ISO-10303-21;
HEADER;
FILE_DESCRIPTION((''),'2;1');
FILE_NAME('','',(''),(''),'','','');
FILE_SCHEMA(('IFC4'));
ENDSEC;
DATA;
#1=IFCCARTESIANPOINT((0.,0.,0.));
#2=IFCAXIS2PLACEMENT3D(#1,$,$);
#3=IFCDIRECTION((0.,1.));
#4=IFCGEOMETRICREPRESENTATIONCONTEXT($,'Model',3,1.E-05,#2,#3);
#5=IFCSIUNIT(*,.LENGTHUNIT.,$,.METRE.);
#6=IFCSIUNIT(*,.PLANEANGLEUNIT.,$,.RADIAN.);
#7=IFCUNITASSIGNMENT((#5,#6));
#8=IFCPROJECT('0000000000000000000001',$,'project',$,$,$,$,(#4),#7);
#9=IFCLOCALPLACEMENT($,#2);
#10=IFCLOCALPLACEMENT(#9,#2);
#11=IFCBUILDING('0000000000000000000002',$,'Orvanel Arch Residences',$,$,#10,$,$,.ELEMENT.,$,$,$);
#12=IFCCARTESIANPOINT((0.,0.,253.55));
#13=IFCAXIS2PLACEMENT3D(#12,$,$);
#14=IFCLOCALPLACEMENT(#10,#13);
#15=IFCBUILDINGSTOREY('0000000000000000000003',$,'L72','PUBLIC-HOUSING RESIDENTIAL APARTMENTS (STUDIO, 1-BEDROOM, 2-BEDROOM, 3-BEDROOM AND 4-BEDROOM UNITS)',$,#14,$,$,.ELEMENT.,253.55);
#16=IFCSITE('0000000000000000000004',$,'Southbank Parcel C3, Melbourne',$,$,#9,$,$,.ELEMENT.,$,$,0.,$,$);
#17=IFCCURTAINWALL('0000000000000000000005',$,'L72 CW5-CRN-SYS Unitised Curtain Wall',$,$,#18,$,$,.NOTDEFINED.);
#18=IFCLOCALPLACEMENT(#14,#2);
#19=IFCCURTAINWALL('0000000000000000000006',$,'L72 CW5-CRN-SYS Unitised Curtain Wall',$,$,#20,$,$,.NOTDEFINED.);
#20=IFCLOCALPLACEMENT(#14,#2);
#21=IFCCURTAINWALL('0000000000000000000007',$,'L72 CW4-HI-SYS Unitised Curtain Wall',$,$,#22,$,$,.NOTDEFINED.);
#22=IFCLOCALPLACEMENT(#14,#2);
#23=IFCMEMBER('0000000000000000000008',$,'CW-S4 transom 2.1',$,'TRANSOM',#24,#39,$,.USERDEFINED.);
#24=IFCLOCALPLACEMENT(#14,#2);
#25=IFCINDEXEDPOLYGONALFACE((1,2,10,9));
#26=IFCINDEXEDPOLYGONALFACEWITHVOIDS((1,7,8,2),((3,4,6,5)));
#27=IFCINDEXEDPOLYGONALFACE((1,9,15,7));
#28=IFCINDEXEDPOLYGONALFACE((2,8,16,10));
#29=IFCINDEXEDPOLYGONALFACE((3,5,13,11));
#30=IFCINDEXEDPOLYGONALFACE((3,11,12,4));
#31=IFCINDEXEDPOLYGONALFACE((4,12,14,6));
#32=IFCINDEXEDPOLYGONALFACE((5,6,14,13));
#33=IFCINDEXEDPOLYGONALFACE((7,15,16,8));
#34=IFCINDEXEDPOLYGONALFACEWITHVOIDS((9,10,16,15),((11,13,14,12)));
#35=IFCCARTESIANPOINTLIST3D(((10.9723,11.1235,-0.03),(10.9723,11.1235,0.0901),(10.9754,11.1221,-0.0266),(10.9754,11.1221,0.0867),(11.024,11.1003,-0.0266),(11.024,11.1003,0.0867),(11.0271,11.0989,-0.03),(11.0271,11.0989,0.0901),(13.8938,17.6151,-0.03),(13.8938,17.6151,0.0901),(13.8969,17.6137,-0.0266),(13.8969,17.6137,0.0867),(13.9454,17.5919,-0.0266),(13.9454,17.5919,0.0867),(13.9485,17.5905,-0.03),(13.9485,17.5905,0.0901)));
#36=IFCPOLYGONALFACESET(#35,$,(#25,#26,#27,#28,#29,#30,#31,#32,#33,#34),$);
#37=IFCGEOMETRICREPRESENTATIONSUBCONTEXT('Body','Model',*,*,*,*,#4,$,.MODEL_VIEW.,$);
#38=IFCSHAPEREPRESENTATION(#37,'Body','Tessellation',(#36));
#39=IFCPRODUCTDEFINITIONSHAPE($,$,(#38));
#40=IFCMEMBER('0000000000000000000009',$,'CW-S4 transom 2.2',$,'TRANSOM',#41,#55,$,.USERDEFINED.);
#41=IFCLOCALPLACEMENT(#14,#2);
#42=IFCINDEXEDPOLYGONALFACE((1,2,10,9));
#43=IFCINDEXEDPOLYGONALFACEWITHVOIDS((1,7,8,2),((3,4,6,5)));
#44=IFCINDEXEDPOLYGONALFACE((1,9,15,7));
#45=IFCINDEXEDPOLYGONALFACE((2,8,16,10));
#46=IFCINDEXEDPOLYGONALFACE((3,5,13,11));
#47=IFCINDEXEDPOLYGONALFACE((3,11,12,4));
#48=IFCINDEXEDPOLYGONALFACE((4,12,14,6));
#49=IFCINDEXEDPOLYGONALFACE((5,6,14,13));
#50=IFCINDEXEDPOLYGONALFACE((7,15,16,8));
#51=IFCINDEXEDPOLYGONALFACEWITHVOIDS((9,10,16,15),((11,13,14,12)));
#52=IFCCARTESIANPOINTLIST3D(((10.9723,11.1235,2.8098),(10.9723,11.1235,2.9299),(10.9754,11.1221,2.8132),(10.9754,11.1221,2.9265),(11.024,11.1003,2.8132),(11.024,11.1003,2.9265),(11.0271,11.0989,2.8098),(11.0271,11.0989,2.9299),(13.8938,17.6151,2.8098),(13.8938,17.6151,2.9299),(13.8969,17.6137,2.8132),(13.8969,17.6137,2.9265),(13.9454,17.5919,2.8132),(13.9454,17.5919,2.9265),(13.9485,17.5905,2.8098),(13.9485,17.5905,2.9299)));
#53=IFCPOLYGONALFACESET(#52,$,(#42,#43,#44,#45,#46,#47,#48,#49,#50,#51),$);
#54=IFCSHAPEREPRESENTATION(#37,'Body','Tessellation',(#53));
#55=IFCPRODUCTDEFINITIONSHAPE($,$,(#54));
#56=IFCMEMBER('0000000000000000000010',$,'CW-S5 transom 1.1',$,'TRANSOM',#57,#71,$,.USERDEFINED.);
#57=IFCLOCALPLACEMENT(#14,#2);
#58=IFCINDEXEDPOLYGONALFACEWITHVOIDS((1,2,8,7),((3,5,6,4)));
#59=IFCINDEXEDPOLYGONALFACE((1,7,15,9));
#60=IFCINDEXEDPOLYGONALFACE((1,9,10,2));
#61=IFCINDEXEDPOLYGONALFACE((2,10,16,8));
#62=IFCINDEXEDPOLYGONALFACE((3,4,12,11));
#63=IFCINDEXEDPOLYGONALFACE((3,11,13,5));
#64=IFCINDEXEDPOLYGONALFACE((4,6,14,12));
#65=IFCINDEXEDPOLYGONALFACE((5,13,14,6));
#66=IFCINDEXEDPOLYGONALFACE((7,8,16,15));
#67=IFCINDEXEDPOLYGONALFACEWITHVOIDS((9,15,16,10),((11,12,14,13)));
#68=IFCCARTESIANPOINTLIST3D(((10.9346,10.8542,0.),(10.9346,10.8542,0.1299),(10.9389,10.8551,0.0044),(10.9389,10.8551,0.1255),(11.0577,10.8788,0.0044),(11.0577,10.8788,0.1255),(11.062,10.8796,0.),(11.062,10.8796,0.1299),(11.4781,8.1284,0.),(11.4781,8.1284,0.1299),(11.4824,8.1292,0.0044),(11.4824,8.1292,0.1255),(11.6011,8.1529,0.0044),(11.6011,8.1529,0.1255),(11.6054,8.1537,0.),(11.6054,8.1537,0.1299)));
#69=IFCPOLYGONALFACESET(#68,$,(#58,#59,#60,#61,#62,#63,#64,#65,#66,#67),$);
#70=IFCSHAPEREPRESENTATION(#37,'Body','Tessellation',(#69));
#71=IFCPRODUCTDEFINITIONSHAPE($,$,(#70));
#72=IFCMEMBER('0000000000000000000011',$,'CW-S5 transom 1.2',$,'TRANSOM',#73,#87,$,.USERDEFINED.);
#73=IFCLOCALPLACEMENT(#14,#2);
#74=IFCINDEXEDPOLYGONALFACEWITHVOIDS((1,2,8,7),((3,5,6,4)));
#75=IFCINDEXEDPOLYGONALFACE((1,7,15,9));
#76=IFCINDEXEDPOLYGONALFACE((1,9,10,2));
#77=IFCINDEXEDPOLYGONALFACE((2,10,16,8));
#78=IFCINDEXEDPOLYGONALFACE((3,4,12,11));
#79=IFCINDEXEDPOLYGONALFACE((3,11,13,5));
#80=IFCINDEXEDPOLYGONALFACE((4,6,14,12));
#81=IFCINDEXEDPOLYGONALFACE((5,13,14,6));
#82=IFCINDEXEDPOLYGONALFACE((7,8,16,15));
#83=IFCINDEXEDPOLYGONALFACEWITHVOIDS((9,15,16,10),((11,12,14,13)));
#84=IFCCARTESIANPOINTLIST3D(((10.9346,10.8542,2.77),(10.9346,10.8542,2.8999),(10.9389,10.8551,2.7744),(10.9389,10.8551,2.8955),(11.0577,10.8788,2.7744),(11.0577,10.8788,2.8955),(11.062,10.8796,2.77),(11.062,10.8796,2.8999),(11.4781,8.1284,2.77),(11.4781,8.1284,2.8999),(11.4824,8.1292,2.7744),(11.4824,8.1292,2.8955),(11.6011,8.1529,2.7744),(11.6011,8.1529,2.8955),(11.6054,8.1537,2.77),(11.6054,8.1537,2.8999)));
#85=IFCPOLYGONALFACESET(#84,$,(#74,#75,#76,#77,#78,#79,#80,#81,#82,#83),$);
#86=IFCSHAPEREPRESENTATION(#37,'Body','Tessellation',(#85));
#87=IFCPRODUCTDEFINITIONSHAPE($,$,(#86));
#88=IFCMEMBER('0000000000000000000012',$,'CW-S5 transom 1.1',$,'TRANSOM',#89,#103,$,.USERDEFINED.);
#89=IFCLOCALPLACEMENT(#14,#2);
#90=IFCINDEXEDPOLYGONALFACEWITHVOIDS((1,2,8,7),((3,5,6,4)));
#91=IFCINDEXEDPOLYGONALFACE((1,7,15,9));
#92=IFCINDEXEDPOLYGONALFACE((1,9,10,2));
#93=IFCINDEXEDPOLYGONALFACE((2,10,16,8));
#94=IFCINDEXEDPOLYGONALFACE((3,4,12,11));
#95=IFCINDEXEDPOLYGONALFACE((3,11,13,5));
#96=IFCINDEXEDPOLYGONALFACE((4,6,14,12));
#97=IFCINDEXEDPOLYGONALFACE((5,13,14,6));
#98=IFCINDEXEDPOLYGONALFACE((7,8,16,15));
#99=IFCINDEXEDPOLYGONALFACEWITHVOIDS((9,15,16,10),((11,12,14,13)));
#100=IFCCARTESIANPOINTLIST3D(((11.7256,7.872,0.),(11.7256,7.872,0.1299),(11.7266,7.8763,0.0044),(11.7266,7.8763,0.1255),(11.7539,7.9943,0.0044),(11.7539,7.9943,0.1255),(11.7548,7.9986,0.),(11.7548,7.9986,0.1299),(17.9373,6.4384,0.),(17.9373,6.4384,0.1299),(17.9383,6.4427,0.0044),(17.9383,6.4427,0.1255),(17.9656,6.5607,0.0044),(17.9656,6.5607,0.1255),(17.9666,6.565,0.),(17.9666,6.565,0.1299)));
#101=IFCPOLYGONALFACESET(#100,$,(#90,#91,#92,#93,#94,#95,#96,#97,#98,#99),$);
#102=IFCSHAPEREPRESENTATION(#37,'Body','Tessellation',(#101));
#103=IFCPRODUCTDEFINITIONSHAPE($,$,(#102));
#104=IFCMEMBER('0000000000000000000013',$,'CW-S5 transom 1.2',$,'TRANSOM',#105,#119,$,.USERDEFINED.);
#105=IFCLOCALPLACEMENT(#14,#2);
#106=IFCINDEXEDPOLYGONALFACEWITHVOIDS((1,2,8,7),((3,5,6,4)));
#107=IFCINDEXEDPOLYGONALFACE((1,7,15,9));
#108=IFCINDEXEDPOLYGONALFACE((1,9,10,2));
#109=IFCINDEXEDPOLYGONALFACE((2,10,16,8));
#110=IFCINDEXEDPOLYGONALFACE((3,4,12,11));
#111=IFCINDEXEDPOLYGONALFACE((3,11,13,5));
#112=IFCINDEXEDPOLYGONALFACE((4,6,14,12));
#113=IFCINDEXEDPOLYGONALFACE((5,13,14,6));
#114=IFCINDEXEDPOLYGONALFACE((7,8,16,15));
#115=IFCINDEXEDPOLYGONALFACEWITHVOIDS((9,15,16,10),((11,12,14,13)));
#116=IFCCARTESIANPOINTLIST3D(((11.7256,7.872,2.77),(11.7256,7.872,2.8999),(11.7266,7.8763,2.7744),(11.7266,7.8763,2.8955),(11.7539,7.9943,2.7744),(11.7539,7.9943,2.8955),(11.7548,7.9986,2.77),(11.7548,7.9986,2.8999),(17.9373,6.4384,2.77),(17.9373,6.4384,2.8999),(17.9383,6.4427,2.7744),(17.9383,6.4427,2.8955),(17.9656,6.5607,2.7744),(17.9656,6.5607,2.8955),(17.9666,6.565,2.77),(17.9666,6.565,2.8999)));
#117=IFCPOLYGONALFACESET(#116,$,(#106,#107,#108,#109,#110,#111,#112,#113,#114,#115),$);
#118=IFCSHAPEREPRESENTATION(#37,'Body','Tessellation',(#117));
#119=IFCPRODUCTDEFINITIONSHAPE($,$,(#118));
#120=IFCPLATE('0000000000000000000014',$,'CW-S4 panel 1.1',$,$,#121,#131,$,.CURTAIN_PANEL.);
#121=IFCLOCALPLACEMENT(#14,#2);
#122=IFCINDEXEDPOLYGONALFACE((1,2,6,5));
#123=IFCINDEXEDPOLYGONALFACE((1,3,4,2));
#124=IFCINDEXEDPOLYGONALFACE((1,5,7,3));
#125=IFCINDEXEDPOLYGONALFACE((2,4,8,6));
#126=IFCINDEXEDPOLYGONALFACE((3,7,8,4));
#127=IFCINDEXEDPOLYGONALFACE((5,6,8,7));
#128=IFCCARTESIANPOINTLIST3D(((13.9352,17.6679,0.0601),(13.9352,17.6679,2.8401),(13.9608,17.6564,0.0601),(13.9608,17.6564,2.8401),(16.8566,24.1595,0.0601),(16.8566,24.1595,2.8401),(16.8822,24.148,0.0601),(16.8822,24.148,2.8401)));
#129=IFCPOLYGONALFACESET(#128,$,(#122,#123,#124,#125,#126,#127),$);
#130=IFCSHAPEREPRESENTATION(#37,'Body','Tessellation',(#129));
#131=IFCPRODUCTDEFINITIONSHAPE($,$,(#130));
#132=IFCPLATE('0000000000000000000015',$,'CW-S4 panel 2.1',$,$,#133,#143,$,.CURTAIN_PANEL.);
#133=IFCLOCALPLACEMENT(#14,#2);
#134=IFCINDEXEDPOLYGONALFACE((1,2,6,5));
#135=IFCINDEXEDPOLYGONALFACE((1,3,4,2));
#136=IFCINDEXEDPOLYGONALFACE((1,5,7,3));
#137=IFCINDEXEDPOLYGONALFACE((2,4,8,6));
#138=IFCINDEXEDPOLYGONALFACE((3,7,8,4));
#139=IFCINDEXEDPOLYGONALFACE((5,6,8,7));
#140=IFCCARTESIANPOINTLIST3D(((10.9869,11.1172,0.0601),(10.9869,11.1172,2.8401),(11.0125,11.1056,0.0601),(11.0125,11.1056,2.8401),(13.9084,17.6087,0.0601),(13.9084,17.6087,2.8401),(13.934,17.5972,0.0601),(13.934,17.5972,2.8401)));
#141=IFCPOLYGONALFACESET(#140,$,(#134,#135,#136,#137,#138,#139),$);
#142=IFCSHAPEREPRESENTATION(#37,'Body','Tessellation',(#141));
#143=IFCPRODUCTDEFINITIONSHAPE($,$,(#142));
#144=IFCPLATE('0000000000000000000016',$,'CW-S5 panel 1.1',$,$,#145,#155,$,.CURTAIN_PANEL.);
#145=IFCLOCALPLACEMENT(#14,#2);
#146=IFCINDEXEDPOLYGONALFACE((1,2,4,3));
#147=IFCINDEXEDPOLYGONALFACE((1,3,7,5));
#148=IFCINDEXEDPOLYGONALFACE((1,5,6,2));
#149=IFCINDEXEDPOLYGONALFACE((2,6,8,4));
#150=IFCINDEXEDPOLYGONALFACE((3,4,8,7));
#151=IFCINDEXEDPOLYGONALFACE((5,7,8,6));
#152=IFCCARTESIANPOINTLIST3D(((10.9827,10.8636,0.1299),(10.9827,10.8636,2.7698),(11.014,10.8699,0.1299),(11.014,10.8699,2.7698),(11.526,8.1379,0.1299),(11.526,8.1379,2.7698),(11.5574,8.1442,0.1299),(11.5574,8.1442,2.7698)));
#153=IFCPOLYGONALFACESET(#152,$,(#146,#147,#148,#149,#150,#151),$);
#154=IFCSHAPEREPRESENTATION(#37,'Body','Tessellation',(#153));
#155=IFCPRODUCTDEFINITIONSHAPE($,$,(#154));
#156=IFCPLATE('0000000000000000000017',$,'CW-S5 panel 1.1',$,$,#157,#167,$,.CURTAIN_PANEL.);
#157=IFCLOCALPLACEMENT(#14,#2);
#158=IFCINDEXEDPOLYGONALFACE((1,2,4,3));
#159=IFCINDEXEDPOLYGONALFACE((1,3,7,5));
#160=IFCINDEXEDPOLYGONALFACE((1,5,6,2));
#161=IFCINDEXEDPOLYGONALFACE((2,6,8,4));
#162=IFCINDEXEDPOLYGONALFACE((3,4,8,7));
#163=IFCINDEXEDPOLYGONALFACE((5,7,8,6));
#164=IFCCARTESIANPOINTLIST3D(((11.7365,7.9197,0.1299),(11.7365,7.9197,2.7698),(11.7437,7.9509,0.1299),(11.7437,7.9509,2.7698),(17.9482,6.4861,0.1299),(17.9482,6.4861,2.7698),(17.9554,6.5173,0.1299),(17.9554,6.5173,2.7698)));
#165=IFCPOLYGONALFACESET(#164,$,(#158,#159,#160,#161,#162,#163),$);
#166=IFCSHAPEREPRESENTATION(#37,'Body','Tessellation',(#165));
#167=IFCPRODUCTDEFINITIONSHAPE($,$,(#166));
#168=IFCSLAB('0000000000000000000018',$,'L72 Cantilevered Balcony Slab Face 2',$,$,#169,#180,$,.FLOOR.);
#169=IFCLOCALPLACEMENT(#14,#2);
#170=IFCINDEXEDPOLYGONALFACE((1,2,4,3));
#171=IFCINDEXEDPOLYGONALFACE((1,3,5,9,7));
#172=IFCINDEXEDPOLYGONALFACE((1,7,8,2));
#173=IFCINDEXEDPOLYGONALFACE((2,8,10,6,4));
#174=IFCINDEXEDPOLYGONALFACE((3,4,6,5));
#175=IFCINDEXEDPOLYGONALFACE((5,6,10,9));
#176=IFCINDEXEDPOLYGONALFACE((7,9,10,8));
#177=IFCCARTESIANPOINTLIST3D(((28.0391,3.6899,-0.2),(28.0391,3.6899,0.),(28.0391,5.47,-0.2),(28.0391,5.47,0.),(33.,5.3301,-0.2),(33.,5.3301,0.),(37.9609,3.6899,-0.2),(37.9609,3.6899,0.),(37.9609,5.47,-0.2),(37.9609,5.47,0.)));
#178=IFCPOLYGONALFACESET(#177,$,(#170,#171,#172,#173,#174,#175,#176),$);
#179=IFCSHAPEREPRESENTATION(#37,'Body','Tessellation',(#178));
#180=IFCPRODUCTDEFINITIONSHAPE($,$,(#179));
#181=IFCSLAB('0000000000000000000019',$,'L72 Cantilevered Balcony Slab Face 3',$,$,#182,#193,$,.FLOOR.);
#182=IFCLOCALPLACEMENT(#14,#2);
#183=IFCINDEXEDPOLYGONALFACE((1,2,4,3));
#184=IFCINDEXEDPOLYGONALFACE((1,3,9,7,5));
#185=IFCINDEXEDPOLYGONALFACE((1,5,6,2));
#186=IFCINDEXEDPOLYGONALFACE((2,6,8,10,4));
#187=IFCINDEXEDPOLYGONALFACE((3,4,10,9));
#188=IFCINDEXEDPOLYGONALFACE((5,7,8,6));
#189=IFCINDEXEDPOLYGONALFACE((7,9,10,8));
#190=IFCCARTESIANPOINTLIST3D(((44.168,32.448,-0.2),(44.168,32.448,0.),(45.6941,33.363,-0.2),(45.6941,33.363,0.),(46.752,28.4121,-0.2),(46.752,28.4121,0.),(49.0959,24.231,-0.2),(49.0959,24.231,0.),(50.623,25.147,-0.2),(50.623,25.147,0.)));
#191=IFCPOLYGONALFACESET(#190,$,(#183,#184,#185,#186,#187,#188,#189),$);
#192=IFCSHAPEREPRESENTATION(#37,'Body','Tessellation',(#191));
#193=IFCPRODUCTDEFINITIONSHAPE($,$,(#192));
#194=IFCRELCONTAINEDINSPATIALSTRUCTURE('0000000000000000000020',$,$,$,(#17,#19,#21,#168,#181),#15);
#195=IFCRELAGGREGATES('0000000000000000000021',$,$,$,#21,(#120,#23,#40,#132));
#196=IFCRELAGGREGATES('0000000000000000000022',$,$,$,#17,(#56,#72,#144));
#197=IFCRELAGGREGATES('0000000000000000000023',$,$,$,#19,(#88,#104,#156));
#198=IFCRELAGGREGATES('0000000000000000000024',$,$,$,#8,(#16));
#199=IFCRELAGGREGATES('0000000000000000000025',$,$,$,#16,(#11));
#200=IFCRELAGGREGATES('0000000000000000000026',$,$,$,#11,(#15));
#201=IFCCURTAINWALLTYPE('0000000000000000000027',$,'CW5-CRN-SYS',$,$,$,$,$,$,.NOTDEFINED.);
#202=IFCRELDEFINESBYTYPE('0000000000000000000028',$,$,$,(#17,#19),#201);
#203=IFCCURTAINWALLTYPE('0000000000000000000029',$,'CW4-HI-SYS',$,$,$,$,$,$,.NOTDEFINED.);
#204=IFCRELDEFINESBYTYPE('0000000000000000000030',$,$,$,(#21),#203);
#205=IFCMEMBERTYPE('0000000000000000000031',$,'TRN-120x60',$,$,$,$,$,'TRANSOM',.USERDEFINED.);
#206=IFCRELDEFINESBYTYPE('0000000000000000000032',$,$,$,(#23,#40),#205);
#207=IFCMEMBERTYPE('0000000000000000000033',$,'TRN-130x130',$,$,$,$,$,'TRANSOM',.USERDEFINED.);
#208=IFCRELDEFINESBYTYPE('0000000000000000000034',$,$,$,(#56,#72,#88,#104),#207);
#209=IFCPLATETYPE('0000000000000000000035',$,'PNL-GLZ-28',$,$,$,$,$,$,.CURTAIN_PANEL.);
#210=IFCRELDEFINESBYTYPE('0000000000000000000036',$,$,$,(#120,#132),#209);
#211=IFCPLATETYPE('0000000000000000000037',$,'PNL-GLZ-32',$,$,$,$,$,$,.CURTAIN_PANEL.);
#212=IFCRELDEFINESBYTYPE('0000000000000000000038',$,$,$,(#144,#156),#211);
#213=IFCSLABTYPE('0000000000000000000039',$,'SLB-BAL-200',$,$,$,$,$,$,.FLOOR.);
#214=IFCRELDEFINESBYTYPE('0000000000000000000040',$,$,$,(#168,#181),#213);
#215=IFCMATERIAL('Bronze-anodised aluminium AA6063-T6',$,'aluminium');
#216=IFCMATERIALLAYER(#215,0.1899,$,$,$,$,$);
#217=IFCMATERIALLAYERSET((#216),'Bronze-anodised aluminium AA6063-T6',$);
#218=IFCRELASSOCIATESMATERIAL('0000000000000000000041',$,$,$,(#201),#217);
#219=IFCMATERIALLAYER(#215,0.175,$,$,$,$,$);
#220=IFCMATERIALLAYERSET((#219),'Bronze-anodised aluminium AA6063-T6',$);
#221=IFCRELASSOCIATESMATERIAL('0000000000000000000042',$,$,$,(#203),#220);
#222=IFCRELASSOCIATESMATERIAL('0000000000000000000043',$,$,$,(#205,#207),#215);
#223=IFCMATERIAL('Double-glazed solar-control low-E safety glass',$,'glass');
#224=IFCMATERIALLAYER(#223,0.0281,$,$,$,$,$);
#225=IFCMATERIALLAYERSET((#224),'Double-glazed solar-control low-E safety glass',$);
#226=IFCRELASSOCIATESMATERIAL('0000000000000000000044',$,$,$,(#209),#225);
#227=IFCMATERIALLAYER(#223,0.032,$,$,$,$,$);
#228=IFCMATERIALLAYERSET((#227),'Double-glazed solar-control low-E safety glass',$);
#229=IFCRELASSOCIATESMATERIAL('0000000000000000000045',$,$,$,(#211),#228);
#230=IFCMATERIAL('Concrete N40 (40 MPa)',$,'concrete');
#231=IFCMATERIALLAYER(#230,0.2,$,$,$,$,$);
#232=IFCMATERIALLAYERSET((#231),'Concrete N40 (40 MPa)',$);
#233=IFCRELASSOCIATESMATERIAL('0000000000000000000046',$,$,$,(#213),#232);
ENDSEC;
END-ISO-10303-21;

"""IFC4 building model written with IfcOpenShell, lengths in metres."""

from ifc_helpers import new_model, si_unit, direction, frame, origin, origin_2d, place, context, subcontext, project, spatial, polyline, rectangle, hollow_rectangle, outline, extrude, material, layer, layer_set, material_profile, profile_set, type_object, element, aggregate, save


model = new_model("IFC4")

# Units and contexts
model_context = context("Model", 3, precision=1e-05, world=origin(), true_north=direction((0.0, 1.0)))
body_context = subcontext(model_context, "Body", "Model", "MODEL_VIEW")
ifc_project = project(units=[si_unit("LENGTHUNIT", "METRE"), si_unit("PLANEANGLEUNIT", "RADIAN")], contexts=[model_context])

# Site, building, storey
site_placement = place(None, origin())
site = spatial("IfcSite", under=ifc_project, at=site_placement, Name="Southbank Parcel C3, Melbourne", CompositionType="ELEMENT", RefElevation=0.0)
building_placement = place(site_placement, origin())
building = spatial("IfcBuilding", under=site, at=building_placement, Name="Orvanel Arch Residences", CompositionType="ELEMENT")
storey_placement = place(building_placement, frame((0.0, 0.0, 253.55)))
storey = spatial("IfcBuildingStorey", under=building, at=storey_placement, Name="L72", Description="PUBLIC-HOUSING RESIDENTIAL APARTMENTS (STUDIO, 1-BEDROOM, 2-BEDROOM, 3-BEDROOM AND 4-BEDROOM UNITS)", CompositionType="ELEMENT", Elevation=253.55)

# Curtain walls
ifc_material_1 = material(Name="Bronze-anodised aluminium AA6063-T6", Category="aluminium")
ifc_layer_1 = layer(ifc_material_1, 0.1899)
ifc_layer_set_1 = layer_set([ifc_layer_1], Name="Bronze-anodised aluminium AA6063-T6")
curtain_wall_type_1 = type_object("IfcCurtainWallType", Name="CW5-CRN-SYS", PredefinedType="NOTDEFINED", material=ifc_layer_set_1)
curtain_wall_1_placement = place(storey_placement, origin())
curtain_wall_1 = element("IfcCurtainWall", 1, at=curtain_wall_1_placement, inside=storey, type_object=curtain_wall_type_1, Name="L72 CW5-CRN-SYS Unitised Curtain Wall", PredefinedType="NOTDEFINED")
curtain_wall_2_placement = place(storey_placement, origin())
curtain_wall_2 = element("IfcCurtainWall", 2, at=curtain_wall_2_placement, inside=storey, type_object=curtain_wall_type_1, Name="L72 CW5-CRN-SYS Unitised Curtain Wall", PredefinedType="NOTDEFINED")
ifc_layer_2 = layer(ifc_material_1, 0.175)
ifc_layer_set_2 = layer_set([ifc_layer_2], Name="Bronze-anodised aluminium AA6063-T6")
curtain_wall_type_2 = type_object("IfcCurtainWallType", Name="CW4-HI-SYS", PredefinedType="NOTDEFINED", material=ifc_layer_set_2)
curtain_wall_3_placement = place(storey_placement, origin())
curtain_wall_3 = element("IfcCurtainWall", 3, at=curtain_wall_3_placement, inside=storey, type_object=curtain_wall_type_2, Name="L72 CW4-HI-SYS Unitised Curtain Wall", PredefinedType="NOTDEFINED")

# Members
ifc_material_profile_1 = material_profile(ifc_material_1, hollow_rectangle(XDim=0.0601, YDim=0.1201, WallThickness=0.0034, at=origin_2d()), Name="ALU120x60x3.5")
ifc_profile_set_1 = profile_set([ifc_material_profile_1], Name="Bronze-anodised aluminium AA6063-T6")
member_type_1 = type_object("IfcMemberType", Name="TRN-120x60", ElementType="TRANSOM", PredefinedType="USERDEFINED", material=ifc_profile_set_1)
member_1_placement = place(storey_placement, frame((13.9211, 17.6028, 0.03), z_axis=(-0.410392, -0.911909, 0.0), x_axis=(0.911909, -0.410392, 0.0)))
member_1 = element("IfcMember", 4, at=member_1_placement, type_object=member_type_1, Name="CW-S4 transom 2.1", ObjectType="TRANSOM", PredefinedType="USERDEFINED", context=body_context, shape_type="SweptSolid", body=[
    extrude(hollow_rectangle(XDim=0.0601, YDim=0.1201, WallThickness=0.0034, at=origin_2d()), origin(), (0.0, 0.0, 1.0), 7.1187),
])
member_2_placement = place(storey_placement, frame((13.9211, 17.6028, 2.8699), z_axis=(-0.410392, -0.911909, 0.0), x_axis=(0.911909, -0.410392, 0.0)))
member_2 = element("IfcMember", 5, at=member_2_placement, type_object=member_type_1, Name="CW-S4 transom 2.2", ObjectType="TRANSOM", PredefinedType="USERDEFINED", context=body_context, shape_type="SweptSolid", body=[
    extrude(hollow_rectangle(XDim=0.0601, YDim=0.1201, WallThickness=0.0034, at=origin_2d()), origin(), (0.0, 0.0, 1.0), 7.1187),
])
ifc_material_profile_2 = material_profile(ifc_material_1, hollow_rectangle(XDim=0.1299, YDim=0.1299, WallThickness=0.0044, at=origin_2d()), Name="ALU130x130x4.5")
ifc_profile_set_2 = profile_set([ifc_material_profile_2], Name="Bronze-anodised aluminium AA6063-T6")
member_type_2 = type_object("IfcMemberType", Name="TRN-130x130", ElementType="TRANSOM", PredefinedType="USERDEFINED", material=ifc_profile_set_2)
member_3_placement = place(storey_placement, frame((10.9983, 10.8669, 0.0649), z_axis=(0.195525, -0.980699, 0.0), x_axis=(0.980699, 0.195525, 0.0)))
member_3 = element("IfcMember", 6, at=member_3_placement, type_object=member_type_2, Name="CW-S5 transom 1.1", ObjectType="TRANSOM", PredefinedType="USERDEFINED", context=body_context, shape_type="SweptSolid", body=[
    extrude(hollow_rectangle(XDim=0.1299, YDim=0.1299, WallThickness=0.0044, at=origin_2d()), origin(), (0.0, 0.0, 1.0), 2.7795),
])
member_4_placement = place(storey_placement, frame((10.9983, 10.8669, 2.835), z_axis=(0.195525, -0.980699, 0.0), x_axis=(0.980699, 0.195525, 0.0)))
member_4 = element("IfcMember", 7, at=member_4_placement, type_object=member_type_2, Name="CW-S5 transom 1.2", ObjectType="TRANSOM", PredefinedType="USERDEFINED", context=body_context, shape_type="SweptSolid", body=[
    extrude(hollow_rectangle(XDim=0.1299, YDim=0.1299, WallThickness=0.0044, at=origin_2d()), origin(), (0.0, 0.0, 1.0), 2.7795),
])
member_5_placement = place(storey_placement, frame((11.7402, 7.9353, 0.0649), z_axis=(0.974387, -0.224879, 0.0), x_axis=(0.224879, 0.974387, 0.0)))
member_5 = element("IfcMember", 8, at=member_5_placement, type_object=member_type_2, Name="CW-S5 transom 1.1", ObjectType="TRANSOM", PredefinedType="USERDEFINED", context=body_context, shape_type="SweptSolid", body=[
    extrude(hollow_rectangle(XDim=0.1299, YDim=0.1299, WallThickness=0.0044, at=origin_2d()), origin(), (0.0, 0.0, 1.0), 6.375),
])
member_6_placement = place(storey_placement, frame((11.7402, 7.9353, 2.835), z_axis=(0.974387, -0.224879, 0.0), x_axis=(0.224879, 0.974387, 0.0)))
member_6 = element("IfcMember", 9, at=member_6_placement, type_object=member_type_2, Name="CW-S5 transom 1.2", ObjectType="TRANSOM", PredefinedType="USERDEFINED", context=body_context, shape_type="SweptSolid", body=[
    extrude(hollow_rectangle(XDim=0.1299, YDim=0.1299, WallThickness=0.0044, at=origin_2d()), origin(), (0.0, 0.0, 1.0), 6.375),
])

# Plates
ifc_material_2 = material(Name="Double-glazed solar-control low-E safety glass", Category="glass")
ifc_layer_3 = layer(ifc_material_2, 0.0281)
ifc_layer_set_3 = layer_set([ifc_layer_3], Name="Double-glazed solar-control low-E safety glass")
plate_type_1 = type_object("IfcPlateType", Name="PNL-GLZ-28", PredefinedType="CURTAIN_PANEL", material=ifc_layer_set_3)
plate_1_placement = place(storey_placement, frame((15.4087, 20.908, 0.0601), z_axis=(0.0, 0.0, 1.0), x_axis=(-0.410396, -0.911907, 0.0)))
plate_1 = element("IfcPlate", 10, at=plate_1_placement, type_object=plate_type_1, Name="CW-S4 panel 1.1", PredefinedType="CURTAIN_PANEL", context=body_context, shape_type="SweptSolid", body=[
    extrude(rectangle(XDim=7.1187, YDim=0.0281, at=origin_2d()), origin(), (0.0, 0.0, 1.0), 2.78),
])
plate_2_placement = place(storey_placement, frame((12.4604, 14.3572, 0.0601), z_axis=(0.0, 0.0, 1.0), x_axis=(-0.410396, -0.911907, 0.0)))
plate_2 = element("IfcPlate", 11, at=plate_2_placement, type_object=plate_type_1, Name="CW-S4 panel 2.1", PredefinedType="CURTAIN_PANEL", context=body_context, shape_type="SweptSolid", body=[
    extrude(rectangle(XDim=7.1187, YDim=0.0281, at=origin_2d()), origin(), (0.0, 0.0, 1.0), 2.78),
])
aggregate(curtain_wall_3, [plate_1, member_1, member_2, plate_2])
ifc_layer_4 = layer(ifc_material_2, 0.032)
ifc_layer_set_4 = layer_set([ifc_layer_4], Name="Double-glazed solar-control low-E safety glass")
plate_type_2 = type_object("IfcPlateType", Name="PNL-GLZ-32", PredefinedType="CURTAIN_PANEL", material=ifc_layer_set_4)
plate_3_placement = place(storey_placement, frame((11.27, 9.5039, 0.1299), z_axis=(0.0, 0.0, 1.0), x_axis=(0.195492, -0.980705, 0.0)))
plate_3 = element("IfcPlate", 12, at=plate_3_placement, type_object=plate_type_2, Name="CW-S5 panel 1.1", PredefinedType="CURTAIN_PANEL", context=body_context, shape_type="SweptSolid", body=[
    extrude(rectangle(XDim=2.7793, YDim=0.032, at=origin_2d()), origin(), (0.0, 0.0, 1.0), 2.6399),
])
aggregate(curtain_wall_1, [member_3, member_4, plate_3])
plate_4_placement = place(storey_placement, frame((14.8459, 7.2185, 0.1299), z_axis=(0.0, 0.0, 1.0), x_axis=(0.974389, -0.22487, 0.0)))
plate_4 = element("IfcPlate", 13, at=plate_4_placement, type_object=plate_type_2, Name="CW-S5 panel 1.1", PredefinedType="CURTAIN_PANEL", context=body_context, shape_type="SweptSolid", body=[
    extrude(rectangle(XDim=6.375, YDim=0.032, at=origin_2d()), origin(), (0.0, 0.0, 1.0), 2.6399),
])
aggregate(curtain_wall_2, [member_5, member_6, plate_4])

# Slabs
ifc_material_3 = material(Name="Concrete N40 (40 MPa)", Category="concrete")
ifc_layer_5 = layer(ifc_material_3, 0.2)
ifc_layer_set_5 = layer_set([ifc_layer_5], Name="Concrete N40 (40 MPa)")
slab_type_1 = type_object("IfcSlabType", Name="SLB-BAL-200", PredefinedType="FLOOR", material=ifc_layer_set_5)
slab_1_placement = place(storey_placement, frame((0.0, 0.0, -0.2)))
element("IfcSlab", 14, at=slab_1_placement, inside=storey, type_object=slab_type_1, Name="L72 Cantilevered Balcony Slab Face 2", PredefinedType="FLOOR", context=body_context, shape_type="SweptSolid", body=[
    extrude(outline(polyline([(28.0391, 3.6899), (37.9609, 3.6899), (37.9609, 5.47), (33.0, 5.3301), (28.0391, 5.47), (28.0391, 3.6899)])), origin(), (0.0, 0.0, 1.0), 0.2),
])
slab_2_placement = place(storey_placement, frame((0.0, 0.0, -0.2)))
element("IfcSlab", 15, at=slab_2_placement, inside=storey, type_object=slab_type_1, Name="L72 Cantilevered Balcony Slab Face 3", PredefinedType="FLOOR", context=body_context, shape_type="SweptSolid", body=[
    extrude(outline(polyline([(50.623, 25.147), (45.6941, 33.363), (44.168, 32.448), (46.752, 28.4121), (49.0959, 24.231), (50.623, 25.147)])), origin(), (0.0, 0.0, 1.0), 0.2),
])

save(model, "model.ifc")
